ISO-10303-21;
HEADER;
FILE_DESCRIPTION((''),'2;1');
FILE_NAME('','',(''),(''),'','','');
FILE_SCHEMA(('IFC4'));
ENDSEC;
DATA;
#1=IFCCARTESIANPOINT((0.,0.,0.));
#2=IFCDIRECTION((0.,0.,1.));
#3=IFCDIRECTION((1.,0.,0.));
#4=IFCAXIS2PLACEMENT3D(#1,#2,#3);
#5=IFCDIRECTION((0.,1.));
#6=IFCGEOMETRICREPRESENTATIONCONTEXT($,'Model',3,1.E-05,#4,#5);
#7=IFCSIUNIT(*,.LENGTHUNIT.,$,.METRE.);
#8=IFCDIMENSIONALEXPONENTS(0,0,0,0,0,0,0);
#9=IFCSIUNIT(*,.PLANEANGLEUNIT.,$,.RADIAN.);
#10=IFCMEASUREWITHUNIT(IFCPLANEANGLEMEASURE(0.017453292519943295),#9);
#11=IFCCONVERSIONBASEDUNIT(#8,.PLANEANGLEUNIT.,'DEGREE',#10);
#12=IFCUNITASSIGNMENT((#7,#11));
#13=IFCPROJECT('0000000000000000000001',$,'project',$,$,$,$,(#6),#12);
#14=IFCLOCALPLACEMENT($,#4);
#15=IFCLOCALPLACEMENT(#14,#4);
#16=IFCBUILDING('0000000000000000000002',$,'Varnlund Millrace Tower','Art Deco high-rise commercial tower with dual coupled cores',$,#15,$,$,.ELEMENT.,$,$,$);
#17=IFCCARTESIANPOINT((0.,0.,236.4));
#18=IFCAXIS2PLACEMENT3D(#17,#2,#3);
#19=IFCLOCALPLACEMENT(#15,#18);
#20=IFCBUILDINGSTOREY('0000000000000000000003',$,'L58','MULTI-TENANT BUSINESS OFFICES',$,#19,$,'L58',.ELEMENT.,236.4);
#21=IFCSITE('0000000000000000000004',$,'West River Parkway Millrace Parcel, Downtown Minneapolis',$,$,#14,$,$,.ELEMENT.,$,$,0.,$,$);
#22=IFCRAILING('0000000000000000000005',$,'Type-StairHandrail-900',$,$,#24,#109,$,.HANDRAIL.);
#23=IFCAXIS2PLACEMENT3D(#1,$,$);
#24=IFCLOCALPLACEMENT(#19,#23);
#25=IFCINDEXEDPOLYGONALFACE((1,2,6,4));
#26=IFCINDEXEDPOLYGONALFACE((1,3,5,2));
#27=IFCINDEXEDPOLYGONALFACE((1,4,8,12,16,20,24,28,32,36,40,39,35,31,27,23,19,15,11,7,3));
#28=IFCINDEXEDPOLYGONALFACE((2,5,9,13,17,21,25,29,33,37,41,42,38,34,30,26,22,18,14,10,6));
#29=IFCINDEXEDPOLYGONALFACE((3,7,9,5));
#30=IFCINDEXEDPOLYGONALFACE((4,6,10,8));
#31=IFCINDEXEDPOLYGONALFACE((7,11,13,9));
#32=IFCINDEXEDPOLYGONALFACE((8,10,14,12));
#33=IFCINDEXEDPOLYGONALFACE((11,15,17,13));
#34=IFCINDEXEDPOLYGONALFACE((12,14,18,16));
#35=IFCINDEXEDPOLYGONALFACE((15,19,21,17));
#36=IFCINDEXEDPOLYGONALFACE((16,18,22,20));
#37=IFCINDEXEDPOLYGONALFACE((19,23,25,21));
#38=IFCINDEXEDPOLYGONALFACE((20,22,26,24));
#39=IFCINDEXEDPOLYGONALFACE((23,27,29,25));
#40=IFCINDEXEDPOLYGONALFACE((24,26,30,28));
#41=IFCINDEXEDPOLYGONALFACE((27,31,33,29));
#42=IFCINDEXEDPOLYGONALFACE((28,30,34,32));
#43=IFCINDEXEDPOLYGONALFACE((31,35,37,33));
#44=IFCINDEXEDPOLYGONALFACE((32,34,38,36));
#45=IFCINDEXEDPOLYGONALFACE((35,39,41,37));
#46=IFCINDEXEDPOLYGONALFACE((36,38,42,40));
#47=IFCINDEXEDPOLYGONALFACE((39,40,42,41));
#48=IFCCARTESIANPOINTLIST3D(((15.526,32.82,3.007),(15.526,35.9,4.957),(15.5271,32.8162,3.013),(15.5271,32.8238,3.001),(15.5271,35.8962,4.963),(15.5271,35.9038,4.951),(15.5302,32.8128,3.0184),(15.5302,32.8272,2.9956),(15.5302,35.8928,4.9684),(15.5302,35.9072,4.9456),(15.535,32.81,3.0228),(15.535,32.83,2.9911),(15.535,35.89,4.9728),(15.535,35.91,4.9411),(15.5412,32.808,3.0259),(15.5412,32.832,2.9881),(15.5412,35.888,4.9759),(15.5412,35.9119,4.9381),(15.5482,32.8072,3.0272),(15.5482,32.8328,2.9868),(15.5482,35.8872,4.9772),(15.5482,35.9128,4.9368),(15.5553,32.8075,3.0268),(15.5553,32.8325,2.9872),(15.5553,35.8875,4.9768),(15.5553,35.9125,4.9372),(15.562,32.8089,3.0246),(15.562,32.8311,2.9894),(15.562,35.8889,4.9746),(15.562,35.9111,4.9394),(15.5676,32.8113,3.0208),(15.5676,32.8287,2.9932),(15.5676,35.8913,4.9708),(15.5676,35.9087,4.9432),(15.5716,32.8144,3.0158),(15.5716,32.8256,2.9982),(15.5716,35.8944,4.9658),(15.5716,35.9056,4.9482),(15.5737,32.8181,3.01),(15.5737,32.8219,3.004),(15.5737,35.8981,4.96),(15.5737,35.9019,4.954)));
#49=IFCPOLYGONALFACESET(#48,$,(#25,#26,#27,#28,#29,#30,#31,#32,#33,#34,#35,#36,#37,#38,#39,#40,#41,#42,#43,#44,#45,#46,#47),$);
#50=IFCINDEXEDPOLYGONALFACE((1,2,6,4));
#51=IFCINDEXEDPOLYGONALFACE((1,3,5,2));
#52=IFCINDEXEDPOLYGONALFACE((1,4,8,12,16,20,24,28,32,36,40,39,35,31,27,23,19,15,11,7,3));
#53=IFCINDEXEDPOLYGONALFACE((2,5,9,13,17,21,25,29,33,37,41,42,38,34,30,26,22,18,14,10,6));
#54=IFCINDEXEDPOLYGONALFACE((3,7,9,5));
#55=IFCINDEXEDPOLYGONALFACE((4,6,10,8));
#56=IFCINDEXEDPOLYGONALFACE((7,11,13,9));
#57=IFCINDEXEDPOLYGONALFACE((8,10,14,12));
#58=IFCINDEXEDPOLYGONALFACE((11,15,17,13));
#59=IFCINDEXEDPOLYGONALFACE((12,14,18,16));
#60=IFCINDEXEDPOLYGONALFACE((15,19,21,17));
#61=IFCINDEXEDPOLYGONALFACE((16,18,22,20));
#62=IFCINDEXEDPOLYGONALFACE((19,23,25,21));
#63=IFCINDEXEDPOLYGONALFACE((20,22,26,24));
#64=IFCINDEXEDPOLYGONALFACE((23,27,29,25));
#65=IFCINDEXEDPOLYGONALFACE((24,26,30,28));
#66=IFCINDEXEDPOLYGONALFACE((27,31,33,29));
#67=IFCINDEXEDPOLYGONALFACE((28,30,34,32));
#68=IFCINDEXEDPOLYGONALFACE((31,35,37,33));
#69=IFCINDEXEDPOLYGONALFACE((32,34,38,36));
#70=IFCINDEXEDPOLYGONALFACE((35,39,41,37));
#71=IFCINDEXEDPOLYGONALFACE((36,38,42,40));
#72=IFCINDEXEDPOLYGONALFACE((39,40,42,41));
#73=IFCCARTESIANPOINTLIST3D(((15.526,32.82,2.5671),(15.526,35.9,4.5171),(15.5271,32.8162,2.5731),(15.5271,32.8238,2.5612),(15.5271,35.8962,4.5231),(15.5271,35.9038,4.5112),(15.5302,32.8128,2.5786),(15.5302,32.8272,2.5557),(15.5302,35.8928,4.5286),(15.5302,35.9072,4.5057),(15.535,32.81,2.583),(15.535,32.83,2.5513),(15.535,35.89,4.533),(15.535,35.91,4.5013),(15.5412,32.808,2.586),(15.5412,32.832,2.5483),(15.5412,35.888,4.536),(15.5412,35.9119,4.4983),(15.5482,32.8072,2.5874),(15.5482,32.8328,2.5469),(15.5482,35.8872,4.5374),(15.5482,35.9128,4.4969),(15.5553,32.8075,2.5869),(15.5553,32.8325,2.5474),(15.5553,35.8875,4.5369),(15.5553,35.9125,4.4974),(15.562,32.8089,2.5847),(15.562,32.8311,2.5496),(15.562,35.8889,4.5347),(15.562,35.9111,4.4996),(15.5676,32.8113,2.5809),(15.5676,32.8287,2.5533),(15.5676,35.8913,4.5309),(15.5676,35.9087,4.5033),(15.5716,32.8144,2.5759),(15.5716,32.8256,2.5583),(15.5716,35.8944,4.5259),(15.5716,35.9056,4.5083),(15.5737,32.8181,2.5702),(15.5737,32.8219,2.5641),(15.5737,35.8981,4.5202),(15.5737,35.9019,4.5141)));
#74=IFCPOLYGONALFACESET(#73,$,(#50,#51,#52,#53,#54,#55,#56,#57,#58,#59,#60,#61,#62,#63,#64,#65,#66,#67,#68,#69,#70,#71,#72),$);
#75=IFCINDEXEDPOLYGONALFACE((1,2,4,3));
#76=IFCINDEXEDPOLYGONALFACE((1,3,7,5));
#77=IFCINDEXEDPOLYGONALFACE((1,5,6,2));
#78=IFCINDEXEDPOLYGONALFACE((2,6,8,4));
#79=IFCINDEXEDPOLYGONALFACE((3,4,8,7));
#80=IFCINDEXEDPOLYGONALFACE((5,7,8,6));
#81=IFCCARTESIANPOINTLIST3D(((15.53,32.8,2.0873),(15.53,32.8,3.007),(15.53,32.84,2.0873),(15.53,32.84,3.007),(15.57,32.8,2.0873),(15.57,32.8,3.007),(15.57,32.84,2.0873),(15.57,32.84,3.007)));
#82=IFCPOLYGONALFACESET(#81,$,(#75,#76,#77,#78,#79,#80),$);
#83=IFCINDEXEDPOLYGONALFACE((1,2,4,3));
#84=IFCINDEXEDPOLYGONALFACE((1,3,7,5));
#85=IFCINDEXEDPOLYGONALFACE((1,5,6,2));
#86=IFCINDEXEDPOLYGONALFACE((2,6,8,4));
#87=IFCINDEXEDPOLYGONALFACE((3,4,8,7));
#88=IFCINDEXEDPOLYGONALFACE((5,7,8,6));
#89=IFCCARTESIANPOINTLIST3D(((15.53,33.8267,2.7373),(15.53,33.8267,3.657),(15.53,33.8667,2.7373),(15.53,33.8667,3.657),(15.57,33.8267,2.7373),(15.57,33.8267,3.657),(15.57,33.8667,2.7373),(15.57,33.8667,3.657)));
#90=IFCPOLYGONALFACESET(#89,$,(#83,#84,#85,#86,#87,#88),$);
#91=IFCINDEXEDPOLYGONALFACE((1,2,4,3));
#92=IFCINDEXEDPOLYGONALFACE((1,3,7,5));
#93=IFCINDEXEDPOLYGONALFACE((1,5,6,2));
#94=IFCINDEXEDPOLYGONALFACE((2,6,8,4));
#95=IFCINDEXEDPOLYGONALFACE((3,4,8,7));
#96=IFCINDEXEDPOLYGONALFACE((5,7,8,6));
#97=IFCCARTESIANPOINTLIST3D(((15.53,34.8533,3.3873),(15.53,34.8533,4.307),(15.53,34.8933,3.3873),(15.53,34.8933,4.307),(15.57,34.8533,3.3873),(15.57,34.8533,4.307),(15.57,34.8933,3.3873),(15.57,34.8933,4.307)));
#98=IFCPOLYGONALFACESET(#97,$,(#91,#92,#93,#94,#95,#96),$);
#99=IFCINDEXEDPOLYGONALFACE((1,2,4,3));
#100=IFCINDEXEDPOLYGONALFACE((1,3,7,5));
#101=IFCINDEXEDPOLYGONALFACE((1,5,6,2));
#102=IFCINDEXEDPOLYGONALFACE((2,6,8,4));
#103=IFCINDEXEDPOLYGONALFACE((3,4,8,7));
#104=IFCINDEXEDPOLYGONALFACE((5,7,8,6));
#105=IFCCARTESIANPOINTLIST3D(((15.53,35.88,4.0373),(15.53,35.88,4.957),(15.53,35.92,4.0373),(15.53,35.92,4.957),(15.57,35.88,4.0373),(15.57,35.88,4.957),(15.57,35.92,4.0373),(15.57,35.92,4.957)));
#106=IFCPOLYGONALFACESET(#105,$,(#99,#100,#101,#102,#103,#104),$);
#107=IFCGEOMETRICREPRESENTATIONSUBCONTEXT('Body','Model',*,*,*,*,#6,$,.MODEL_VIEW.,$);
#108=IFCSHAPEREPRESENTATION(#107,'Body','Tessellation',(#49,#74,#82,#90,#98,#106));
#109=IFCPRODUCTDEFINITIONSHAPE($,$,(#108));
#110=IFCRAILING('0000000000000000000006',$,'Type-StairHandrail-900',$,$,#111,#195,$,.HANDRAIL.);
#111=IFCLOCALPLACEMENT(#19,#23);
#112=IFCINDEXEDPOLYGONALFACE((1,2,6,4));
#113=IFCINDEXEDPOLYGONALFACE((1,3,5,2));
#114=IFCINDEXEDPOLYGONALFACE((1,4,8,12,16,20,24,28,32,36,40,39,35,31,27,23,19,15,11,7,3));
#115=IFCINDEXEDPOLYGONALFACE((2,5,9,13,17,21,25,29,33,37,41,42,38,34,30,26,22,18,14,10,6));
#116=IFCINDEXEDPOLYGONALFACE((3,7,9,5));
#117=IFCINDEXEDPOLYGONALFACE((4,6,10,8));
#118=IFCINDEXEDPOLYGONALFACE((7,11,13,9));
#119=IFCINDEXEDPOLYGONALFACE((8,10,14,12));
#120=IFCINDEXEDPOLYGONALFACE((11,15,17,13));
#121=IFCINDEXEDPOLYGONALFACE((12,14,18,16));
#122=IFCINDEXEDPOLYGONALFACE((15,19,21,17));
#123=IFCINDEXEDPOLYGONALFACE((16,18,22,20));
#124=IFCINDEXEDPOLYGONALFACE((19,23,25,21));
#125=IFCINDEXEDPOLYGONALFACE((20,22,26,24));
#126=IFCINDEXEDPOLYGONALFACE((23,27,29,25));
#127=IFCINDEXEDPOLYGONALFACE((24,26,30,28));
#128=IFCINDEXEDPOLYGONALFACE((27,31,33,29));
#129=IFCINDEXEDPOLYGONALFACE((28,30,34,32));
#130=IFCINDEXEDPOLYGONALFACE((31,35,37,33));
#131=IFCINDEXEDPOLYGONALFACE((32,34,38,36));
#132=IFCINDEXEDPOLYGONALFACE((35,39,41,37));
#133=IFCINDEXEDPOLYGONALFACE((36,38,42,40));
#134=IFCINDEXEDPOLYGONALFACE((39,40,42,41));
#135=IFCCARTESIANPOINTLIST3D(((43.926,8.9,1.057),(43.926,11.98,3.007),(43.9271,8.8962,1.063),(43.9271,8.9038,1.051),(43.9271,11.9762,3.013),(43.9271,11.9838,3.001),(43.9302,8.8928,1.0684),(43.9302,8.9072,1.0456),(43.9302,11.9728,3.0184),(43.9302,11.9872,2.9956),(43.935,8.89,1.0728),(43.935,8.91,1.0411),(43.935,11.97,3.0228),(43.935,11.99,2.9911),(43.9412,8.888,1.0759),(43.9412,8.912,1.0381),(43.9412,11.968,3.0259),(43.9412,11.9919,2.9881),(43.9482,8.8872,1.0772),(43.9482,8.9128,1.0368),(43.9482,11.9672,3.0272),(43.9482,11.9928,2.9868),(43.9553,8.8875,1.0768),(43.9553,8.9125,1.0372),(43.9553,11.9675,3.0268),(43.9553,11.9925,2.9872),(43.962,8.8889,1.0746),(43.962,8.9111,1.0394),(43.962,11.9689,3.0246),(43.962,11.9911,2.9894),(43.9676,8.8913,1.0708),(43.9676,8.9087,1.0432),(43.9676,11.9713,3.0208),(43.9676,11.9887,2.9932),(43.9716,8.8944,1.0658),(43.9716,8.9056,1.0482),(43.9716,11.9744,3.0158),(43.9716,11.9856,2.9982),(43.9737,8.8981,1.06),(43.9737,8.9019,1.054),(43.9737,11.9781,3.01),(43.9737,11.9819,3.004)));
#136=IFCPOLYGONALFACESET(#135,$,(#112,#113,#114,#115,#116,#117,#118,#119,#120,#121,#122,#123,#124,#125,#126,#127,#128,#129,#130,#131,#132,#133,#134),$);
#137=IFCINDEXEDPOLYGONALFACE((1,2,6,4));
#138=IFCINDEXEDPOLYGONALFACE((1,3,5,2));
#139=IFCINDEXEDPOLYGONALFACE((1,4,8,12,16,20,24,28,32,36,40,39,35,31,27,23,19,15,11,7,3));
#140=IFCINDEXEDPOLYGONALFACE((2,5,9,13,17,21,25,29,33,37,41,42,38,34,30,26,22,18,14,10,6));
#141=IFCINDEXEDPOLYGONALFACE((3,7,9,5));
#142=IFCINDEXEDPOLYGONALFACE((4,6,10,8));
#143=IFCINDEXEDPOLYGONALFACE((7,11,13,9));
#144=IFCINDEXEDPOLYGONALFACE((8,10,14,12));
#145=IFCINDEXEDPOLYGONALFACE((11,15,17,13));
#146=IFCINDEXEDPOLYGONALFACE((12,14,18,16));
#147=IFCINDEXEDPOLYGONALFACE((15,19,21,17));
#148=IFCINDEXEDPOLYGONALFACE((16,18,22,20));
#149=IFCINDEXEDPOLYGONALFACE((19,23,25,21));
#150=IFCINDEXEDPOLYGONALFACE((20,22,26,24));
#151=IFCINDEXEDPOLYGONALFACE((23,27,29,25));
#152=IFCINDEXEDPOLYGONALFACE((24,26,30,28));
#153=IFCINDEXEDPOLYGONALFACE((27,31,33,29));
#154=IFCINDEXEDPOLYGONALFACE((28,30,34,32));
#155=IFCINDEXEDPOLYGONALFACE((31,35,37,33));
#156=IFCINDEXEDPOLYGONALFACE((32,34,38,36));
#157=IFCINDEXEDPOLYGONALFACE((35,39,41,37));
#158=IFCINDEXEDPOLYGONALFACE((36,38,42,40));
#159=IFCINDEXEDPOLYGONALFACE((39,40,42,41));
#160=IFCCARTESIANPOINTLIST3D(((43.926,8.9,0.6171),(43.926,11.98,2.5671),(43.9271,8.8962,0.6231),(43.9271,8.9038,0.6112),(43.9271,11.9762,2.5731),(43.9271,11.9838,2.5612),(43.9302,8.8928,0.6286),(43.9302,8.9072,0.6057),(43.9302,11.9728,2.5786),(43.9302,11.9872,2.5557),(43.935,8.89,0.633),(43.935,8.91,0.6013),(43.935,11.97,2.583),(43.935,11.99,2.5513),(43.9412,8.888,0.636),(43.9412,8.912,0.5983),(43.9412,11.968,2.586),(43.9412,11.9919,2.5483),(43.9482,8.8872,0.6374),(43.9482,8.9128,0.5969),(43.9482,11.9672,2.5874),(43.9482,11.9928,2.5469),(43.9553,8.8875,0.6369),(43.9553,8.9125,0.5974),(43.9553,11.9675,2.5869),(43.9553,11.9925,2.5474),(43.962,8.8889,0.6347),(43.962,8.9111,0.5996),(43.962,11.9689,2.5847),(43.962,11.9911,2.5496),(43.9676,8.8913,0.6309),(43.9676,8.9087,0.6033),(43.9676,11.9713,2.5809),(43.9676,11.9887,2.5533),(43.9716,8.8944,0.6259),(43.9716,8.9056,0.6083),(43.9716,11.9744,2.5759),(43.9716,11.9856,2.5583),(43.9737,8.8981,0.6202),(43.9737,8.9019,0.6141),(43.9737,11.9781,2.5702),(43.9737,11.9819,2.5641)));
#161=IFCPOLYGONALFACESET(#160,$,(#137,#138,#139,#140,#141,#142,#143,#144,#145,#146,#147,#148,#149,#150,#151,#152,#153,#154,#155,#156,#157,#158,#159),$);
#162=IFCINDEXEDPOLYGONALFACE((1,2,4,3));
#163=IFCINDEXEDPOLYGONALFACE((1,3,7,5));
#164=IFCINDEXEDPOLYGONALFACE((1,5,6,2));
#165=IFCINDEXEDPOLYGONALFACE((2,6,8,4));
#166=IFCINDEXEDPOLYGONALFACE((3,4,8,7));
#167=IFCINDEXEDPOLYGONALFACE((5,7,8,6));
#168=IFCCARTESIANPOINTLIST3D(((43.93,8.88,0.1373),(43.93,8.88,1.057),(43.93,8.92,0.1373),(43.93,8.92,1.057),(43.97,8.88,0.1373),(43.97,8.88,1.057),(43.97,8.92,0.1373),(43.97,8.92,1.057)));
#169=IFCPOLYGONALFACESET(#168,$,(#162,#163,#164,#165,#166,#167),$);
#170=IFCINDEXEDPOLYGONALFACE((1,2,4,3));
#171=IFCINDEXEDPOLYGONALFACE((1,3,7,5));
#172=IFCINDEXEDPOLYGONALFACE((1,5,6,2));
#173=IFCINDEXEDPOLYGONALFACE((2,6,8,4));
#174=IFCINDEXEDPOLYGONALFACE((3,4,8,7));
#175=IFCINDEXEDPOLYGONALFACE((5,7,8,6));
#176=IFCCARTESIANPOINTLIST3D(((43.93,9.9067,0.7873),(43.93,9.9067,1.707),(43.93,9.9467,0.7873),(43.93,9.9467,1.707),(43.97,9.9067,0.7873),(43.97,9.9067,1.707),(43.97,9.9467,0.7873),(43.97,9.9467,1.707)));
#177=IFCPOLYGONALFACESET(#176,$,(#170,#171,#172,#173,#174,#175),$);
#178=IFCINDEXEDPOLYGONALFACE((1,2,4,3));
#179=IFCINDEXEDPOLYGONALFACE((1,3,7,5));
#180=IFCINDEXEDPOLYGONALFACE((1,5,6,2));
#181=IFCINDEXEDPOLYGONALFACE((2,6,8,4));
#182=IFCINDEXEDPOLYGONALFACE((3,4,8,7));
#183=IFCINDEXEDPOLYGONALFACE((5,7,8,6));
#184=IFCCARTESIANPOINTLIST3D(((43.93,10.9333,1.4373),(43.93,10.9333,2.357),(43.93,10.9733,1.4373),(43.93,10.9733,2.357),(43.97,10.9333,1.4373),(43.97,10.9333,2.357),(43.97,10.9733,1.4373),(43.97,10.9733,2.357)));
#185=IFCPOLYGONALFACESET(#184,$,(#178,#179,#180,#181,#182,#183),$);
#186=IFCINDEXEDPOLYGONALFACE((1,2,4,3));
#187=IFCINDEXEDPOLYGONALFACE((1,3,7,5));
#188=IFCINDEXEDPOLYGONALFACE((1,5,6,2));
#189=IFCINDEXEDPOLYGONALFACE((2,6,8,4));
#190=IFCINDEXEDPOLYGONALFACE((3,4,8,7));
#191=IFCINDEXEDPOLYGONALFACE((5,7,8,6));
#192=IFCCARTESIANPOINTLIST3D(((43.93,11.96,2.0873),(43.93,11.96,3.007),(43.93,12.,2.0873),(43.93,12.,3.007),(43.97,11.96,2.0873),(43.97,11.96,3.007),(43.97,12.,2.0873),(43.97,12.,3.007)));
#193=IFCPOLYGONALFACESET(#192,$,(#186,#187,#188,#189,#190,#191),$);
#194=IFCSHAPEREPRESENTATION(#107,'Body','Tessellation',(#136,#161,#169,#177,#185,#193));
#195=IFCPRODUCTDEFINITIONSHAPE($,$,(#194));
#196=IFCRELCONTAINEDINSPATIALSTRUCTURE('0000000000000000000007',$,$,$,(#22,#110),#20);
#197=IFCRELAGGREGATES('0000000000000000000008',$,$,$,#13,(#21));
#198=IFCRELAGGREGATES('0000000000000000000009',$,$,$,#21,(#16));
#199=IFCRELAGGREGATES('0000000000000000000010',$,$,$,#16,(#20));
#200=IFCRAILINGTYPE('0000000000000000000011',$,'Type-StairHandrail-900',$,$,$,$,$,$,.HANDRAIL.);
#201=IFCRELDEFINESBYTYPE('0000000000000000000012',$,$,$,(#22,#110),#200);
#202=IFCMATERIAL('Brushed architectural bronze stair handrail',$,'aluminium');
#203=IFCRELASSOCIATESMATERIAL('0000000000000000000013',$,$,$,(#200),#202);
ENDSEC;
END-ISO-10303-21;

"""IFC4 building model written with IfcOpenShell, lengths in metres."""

from ifc_helpers import new_model, entity, si_unit, converted_unit, direction, frame, origin_with_axes, origin_2d_with_axis, place, context, subcontext, project, spatial, rectangle, circle, extrude, material, type_object, element, save


model = new_model("IFC4")

# Units and contexts
model_context = context("Model", 3, precision=1e-05, world=origin_with_axes(), true_north=direction((0.0, 1.0)))
body_context = subcontext(model_context, "Body", "Model", "MODEL_VIEW")
ifc_project = project(units=[si_unit("LENGTHUNIT", "METRE"), converted_unit("PLANEANGLEUNIT", "DEGREE", entity("IfcPlaneAngleMeasure", 0.017453292519943295), si_unit("PLANEANGLEUNIT", "RADIAN"), dimensions=[0, 0, 0, 0, 0, 0, 0])], contexts=[model_context])

# Site, building, storey
site_placement = place(None, origin_with_axes())
site = spatial("IfcSite", under=ifc_project, at=site_placement, Name="West River Parkway Millrace Parcel, Downtown Minneapolis", CompositionType="ELEMENT", RefElevation=0.0)
building_placement = place(site_placement, origin_with_axes())
building = spatial("IfcBuilding", under=site, at=building_placement, Name="Varnlund Millrace Tower", Description="Art Deco high-rise commercial tower with dual coupled cores", CompositionType="ELEMENT")
storey_placement = place(building_placement, frame((0.0, 0.0, 236.4), z_axis=(0.0, 0.0, 1.0), x_axis=(1.0, 0.0, 0.0)))
storey = spatial("IfcBuildingStorey", under=building, at=storey_placement, Name="L58", Description="MULTI-TENANT BUSINESS OFFICES", LongName="L58", CompositionType="ELEMENT", Elevation=236.4)

# Railings
ifc_material_1 = material(Name="Brushed architectural bronze stair handrail", Category="aluminium")
railing_type_1 = type_object("IfcRailingType", Name="Type-StairHandrail-900", PredefinedType="HANDRAIL", material=ifc_material_1)
railing_1_placement = place(storey_placement, frame((0.0, 0.0, -236.4), z_axis=(0.0, 0.0, 1.0), x_axis=(1.0, 0.0, 0.0)))
element("IfcRailing", 1, at=railing_1_placement, inside=storey, type_object=railing_type_1, Name="Type-StairHandrail-900", PredefinedType="HANDRAIL", context=body_context, shape_type="SweptSolid", body=[
    extrude(circle(Radius=0.024, at=origin_2d_with_axis()), frame((15.55, 32.82, 239.407), z_axis=(0.0, 0.844902, 0.534922), x_axis=(-1.0, 0.0, 0.0)), (0.0, 0.0, 1.0), 3.6454),
    extrude(circle(Radius=0.024, at=origin_2d_with_axis()), frame((15.55, 32.82, 238.9671), z_axis=(0.0, 0.844902, 0.534922), x_axis=(-1.0, 0.0, 0.0)), (0.0, 0.0, 1.0), 3.6454),
    extrude(rectangle(XDim=0.04, YDim=0.04, at=origin_2d_with_axis()), frame((15.55, 32.82, 238.4873), z_axis=(0.0, 0.0, 1.0), x_axis=(1.0, 0.0, 0.0)), (0.0, 0.0, 1.0), 0.9197),
    extrude(rectangle(XDim=0.04, YDim=0.04, at=origin_2d_with_axis()), frame((15.55, 33.8467, 239.1373), z_axis=(0.0, 0.0, 1.0), x_axis=(1.0, 0.0, 0.0)), (0.0, 0.0, 1.0), 0.9197),
    extrude(rectangle(XDim=0.04, YDim=0.04, at=origin_2d_with_axis()), frame((15.55, 34.8733, 239.7873), z_axis=(0.0, 0.0, 1.0), x_axis=(1.0, 0.0, 0.0)), (0.0, 0.0, 1.0), 0.9197),
    extrude(rectangle(XDim=0.04, YDim=0.04, at=origin_2d_with_axis()), frame((15.55, 35.9, 240.4373), z_axis=(0.0, 0.0, 1.0), x_axis=(1.0, 0.0, 0.0)), (0.0, 0.0, 1.0), 0.9197),
])
railing_2_placement = place(storey_placement, frame((0.0, 0.0, -236.4), z_axis=(0.0, 0.0, 1.0), x_axis=(1.0, 0.0, 0.0)))
element("IfcRailing", 2, at=railing_2_placement, inside=storey, type_object=railing_type_1, Name="Type-StairHandrail-900", PredefinedType="HANDRAIL", context=body_context, shape_type="SweptSolid", body=[
    extrude(circle(Radius=0.024, at=origin_2d_with_axis()), frame((43.95, 8.9, 237.457), z_axis=(0.0, 0.844902, 0.534922), x_axis=(-1.0, 0.0, 0.0)), (0.0, 0.0, 1.0), 3.6454),
    extrude(circle(Radius=0.024, at=origin_2d_with_axis()), frame((43.95, 8.9, 237.0171), z_axis=(0.0, 0.844902, 0.534922), x_axis=(-1.0, 0.0, 0.0)), (0.0, 0.0, 1.0), 3.6454),
    extrude(rectangle(XDim=0.04, YDim=0.04, at=origin_2d_with_axis()), frame((43.95, 8.9, 236.5373), z_axis=(0.0, 0.0, 1.0), x_axis=(1.0, 0.0, 0.0)), (0.0, 0.0, 1.0), 0.9197),
    extrude(rectangle(XDim=0.04, YDim=0.04, at=origin_2d_with_axis()), frame((43.95, 9.9267, 237.1873), z_axis=(0.0, 0.0, 1.0), x_axis=(1.0, 0.0, 0.0)), (0.0, 0.0, 1.0), 0.9197),
    extrude(rectangle(XDim=0.04, YDim=0.04, at=origin_2d_with_axis()), frame((43.95, 10.9533, 237.8373), z_axis=(0.0, 0.0, 1.0), x_axis=(1.0, 0.0, 0.0)), (0.0, 0.0, 1.0), 0.9197),
    extrude(rectangle(XDim=0.04, YDim=0.04, at=origin_2d_with_axis()), frame((43.95, 11.98, 238.4873), z_axis=(0.0, 0.0, 1.0), x_axis=(1.0, 0.0, 0.0)), (0.0, 0.0, 1.0), 0.9197),
])

save(model, "model.ifc")
